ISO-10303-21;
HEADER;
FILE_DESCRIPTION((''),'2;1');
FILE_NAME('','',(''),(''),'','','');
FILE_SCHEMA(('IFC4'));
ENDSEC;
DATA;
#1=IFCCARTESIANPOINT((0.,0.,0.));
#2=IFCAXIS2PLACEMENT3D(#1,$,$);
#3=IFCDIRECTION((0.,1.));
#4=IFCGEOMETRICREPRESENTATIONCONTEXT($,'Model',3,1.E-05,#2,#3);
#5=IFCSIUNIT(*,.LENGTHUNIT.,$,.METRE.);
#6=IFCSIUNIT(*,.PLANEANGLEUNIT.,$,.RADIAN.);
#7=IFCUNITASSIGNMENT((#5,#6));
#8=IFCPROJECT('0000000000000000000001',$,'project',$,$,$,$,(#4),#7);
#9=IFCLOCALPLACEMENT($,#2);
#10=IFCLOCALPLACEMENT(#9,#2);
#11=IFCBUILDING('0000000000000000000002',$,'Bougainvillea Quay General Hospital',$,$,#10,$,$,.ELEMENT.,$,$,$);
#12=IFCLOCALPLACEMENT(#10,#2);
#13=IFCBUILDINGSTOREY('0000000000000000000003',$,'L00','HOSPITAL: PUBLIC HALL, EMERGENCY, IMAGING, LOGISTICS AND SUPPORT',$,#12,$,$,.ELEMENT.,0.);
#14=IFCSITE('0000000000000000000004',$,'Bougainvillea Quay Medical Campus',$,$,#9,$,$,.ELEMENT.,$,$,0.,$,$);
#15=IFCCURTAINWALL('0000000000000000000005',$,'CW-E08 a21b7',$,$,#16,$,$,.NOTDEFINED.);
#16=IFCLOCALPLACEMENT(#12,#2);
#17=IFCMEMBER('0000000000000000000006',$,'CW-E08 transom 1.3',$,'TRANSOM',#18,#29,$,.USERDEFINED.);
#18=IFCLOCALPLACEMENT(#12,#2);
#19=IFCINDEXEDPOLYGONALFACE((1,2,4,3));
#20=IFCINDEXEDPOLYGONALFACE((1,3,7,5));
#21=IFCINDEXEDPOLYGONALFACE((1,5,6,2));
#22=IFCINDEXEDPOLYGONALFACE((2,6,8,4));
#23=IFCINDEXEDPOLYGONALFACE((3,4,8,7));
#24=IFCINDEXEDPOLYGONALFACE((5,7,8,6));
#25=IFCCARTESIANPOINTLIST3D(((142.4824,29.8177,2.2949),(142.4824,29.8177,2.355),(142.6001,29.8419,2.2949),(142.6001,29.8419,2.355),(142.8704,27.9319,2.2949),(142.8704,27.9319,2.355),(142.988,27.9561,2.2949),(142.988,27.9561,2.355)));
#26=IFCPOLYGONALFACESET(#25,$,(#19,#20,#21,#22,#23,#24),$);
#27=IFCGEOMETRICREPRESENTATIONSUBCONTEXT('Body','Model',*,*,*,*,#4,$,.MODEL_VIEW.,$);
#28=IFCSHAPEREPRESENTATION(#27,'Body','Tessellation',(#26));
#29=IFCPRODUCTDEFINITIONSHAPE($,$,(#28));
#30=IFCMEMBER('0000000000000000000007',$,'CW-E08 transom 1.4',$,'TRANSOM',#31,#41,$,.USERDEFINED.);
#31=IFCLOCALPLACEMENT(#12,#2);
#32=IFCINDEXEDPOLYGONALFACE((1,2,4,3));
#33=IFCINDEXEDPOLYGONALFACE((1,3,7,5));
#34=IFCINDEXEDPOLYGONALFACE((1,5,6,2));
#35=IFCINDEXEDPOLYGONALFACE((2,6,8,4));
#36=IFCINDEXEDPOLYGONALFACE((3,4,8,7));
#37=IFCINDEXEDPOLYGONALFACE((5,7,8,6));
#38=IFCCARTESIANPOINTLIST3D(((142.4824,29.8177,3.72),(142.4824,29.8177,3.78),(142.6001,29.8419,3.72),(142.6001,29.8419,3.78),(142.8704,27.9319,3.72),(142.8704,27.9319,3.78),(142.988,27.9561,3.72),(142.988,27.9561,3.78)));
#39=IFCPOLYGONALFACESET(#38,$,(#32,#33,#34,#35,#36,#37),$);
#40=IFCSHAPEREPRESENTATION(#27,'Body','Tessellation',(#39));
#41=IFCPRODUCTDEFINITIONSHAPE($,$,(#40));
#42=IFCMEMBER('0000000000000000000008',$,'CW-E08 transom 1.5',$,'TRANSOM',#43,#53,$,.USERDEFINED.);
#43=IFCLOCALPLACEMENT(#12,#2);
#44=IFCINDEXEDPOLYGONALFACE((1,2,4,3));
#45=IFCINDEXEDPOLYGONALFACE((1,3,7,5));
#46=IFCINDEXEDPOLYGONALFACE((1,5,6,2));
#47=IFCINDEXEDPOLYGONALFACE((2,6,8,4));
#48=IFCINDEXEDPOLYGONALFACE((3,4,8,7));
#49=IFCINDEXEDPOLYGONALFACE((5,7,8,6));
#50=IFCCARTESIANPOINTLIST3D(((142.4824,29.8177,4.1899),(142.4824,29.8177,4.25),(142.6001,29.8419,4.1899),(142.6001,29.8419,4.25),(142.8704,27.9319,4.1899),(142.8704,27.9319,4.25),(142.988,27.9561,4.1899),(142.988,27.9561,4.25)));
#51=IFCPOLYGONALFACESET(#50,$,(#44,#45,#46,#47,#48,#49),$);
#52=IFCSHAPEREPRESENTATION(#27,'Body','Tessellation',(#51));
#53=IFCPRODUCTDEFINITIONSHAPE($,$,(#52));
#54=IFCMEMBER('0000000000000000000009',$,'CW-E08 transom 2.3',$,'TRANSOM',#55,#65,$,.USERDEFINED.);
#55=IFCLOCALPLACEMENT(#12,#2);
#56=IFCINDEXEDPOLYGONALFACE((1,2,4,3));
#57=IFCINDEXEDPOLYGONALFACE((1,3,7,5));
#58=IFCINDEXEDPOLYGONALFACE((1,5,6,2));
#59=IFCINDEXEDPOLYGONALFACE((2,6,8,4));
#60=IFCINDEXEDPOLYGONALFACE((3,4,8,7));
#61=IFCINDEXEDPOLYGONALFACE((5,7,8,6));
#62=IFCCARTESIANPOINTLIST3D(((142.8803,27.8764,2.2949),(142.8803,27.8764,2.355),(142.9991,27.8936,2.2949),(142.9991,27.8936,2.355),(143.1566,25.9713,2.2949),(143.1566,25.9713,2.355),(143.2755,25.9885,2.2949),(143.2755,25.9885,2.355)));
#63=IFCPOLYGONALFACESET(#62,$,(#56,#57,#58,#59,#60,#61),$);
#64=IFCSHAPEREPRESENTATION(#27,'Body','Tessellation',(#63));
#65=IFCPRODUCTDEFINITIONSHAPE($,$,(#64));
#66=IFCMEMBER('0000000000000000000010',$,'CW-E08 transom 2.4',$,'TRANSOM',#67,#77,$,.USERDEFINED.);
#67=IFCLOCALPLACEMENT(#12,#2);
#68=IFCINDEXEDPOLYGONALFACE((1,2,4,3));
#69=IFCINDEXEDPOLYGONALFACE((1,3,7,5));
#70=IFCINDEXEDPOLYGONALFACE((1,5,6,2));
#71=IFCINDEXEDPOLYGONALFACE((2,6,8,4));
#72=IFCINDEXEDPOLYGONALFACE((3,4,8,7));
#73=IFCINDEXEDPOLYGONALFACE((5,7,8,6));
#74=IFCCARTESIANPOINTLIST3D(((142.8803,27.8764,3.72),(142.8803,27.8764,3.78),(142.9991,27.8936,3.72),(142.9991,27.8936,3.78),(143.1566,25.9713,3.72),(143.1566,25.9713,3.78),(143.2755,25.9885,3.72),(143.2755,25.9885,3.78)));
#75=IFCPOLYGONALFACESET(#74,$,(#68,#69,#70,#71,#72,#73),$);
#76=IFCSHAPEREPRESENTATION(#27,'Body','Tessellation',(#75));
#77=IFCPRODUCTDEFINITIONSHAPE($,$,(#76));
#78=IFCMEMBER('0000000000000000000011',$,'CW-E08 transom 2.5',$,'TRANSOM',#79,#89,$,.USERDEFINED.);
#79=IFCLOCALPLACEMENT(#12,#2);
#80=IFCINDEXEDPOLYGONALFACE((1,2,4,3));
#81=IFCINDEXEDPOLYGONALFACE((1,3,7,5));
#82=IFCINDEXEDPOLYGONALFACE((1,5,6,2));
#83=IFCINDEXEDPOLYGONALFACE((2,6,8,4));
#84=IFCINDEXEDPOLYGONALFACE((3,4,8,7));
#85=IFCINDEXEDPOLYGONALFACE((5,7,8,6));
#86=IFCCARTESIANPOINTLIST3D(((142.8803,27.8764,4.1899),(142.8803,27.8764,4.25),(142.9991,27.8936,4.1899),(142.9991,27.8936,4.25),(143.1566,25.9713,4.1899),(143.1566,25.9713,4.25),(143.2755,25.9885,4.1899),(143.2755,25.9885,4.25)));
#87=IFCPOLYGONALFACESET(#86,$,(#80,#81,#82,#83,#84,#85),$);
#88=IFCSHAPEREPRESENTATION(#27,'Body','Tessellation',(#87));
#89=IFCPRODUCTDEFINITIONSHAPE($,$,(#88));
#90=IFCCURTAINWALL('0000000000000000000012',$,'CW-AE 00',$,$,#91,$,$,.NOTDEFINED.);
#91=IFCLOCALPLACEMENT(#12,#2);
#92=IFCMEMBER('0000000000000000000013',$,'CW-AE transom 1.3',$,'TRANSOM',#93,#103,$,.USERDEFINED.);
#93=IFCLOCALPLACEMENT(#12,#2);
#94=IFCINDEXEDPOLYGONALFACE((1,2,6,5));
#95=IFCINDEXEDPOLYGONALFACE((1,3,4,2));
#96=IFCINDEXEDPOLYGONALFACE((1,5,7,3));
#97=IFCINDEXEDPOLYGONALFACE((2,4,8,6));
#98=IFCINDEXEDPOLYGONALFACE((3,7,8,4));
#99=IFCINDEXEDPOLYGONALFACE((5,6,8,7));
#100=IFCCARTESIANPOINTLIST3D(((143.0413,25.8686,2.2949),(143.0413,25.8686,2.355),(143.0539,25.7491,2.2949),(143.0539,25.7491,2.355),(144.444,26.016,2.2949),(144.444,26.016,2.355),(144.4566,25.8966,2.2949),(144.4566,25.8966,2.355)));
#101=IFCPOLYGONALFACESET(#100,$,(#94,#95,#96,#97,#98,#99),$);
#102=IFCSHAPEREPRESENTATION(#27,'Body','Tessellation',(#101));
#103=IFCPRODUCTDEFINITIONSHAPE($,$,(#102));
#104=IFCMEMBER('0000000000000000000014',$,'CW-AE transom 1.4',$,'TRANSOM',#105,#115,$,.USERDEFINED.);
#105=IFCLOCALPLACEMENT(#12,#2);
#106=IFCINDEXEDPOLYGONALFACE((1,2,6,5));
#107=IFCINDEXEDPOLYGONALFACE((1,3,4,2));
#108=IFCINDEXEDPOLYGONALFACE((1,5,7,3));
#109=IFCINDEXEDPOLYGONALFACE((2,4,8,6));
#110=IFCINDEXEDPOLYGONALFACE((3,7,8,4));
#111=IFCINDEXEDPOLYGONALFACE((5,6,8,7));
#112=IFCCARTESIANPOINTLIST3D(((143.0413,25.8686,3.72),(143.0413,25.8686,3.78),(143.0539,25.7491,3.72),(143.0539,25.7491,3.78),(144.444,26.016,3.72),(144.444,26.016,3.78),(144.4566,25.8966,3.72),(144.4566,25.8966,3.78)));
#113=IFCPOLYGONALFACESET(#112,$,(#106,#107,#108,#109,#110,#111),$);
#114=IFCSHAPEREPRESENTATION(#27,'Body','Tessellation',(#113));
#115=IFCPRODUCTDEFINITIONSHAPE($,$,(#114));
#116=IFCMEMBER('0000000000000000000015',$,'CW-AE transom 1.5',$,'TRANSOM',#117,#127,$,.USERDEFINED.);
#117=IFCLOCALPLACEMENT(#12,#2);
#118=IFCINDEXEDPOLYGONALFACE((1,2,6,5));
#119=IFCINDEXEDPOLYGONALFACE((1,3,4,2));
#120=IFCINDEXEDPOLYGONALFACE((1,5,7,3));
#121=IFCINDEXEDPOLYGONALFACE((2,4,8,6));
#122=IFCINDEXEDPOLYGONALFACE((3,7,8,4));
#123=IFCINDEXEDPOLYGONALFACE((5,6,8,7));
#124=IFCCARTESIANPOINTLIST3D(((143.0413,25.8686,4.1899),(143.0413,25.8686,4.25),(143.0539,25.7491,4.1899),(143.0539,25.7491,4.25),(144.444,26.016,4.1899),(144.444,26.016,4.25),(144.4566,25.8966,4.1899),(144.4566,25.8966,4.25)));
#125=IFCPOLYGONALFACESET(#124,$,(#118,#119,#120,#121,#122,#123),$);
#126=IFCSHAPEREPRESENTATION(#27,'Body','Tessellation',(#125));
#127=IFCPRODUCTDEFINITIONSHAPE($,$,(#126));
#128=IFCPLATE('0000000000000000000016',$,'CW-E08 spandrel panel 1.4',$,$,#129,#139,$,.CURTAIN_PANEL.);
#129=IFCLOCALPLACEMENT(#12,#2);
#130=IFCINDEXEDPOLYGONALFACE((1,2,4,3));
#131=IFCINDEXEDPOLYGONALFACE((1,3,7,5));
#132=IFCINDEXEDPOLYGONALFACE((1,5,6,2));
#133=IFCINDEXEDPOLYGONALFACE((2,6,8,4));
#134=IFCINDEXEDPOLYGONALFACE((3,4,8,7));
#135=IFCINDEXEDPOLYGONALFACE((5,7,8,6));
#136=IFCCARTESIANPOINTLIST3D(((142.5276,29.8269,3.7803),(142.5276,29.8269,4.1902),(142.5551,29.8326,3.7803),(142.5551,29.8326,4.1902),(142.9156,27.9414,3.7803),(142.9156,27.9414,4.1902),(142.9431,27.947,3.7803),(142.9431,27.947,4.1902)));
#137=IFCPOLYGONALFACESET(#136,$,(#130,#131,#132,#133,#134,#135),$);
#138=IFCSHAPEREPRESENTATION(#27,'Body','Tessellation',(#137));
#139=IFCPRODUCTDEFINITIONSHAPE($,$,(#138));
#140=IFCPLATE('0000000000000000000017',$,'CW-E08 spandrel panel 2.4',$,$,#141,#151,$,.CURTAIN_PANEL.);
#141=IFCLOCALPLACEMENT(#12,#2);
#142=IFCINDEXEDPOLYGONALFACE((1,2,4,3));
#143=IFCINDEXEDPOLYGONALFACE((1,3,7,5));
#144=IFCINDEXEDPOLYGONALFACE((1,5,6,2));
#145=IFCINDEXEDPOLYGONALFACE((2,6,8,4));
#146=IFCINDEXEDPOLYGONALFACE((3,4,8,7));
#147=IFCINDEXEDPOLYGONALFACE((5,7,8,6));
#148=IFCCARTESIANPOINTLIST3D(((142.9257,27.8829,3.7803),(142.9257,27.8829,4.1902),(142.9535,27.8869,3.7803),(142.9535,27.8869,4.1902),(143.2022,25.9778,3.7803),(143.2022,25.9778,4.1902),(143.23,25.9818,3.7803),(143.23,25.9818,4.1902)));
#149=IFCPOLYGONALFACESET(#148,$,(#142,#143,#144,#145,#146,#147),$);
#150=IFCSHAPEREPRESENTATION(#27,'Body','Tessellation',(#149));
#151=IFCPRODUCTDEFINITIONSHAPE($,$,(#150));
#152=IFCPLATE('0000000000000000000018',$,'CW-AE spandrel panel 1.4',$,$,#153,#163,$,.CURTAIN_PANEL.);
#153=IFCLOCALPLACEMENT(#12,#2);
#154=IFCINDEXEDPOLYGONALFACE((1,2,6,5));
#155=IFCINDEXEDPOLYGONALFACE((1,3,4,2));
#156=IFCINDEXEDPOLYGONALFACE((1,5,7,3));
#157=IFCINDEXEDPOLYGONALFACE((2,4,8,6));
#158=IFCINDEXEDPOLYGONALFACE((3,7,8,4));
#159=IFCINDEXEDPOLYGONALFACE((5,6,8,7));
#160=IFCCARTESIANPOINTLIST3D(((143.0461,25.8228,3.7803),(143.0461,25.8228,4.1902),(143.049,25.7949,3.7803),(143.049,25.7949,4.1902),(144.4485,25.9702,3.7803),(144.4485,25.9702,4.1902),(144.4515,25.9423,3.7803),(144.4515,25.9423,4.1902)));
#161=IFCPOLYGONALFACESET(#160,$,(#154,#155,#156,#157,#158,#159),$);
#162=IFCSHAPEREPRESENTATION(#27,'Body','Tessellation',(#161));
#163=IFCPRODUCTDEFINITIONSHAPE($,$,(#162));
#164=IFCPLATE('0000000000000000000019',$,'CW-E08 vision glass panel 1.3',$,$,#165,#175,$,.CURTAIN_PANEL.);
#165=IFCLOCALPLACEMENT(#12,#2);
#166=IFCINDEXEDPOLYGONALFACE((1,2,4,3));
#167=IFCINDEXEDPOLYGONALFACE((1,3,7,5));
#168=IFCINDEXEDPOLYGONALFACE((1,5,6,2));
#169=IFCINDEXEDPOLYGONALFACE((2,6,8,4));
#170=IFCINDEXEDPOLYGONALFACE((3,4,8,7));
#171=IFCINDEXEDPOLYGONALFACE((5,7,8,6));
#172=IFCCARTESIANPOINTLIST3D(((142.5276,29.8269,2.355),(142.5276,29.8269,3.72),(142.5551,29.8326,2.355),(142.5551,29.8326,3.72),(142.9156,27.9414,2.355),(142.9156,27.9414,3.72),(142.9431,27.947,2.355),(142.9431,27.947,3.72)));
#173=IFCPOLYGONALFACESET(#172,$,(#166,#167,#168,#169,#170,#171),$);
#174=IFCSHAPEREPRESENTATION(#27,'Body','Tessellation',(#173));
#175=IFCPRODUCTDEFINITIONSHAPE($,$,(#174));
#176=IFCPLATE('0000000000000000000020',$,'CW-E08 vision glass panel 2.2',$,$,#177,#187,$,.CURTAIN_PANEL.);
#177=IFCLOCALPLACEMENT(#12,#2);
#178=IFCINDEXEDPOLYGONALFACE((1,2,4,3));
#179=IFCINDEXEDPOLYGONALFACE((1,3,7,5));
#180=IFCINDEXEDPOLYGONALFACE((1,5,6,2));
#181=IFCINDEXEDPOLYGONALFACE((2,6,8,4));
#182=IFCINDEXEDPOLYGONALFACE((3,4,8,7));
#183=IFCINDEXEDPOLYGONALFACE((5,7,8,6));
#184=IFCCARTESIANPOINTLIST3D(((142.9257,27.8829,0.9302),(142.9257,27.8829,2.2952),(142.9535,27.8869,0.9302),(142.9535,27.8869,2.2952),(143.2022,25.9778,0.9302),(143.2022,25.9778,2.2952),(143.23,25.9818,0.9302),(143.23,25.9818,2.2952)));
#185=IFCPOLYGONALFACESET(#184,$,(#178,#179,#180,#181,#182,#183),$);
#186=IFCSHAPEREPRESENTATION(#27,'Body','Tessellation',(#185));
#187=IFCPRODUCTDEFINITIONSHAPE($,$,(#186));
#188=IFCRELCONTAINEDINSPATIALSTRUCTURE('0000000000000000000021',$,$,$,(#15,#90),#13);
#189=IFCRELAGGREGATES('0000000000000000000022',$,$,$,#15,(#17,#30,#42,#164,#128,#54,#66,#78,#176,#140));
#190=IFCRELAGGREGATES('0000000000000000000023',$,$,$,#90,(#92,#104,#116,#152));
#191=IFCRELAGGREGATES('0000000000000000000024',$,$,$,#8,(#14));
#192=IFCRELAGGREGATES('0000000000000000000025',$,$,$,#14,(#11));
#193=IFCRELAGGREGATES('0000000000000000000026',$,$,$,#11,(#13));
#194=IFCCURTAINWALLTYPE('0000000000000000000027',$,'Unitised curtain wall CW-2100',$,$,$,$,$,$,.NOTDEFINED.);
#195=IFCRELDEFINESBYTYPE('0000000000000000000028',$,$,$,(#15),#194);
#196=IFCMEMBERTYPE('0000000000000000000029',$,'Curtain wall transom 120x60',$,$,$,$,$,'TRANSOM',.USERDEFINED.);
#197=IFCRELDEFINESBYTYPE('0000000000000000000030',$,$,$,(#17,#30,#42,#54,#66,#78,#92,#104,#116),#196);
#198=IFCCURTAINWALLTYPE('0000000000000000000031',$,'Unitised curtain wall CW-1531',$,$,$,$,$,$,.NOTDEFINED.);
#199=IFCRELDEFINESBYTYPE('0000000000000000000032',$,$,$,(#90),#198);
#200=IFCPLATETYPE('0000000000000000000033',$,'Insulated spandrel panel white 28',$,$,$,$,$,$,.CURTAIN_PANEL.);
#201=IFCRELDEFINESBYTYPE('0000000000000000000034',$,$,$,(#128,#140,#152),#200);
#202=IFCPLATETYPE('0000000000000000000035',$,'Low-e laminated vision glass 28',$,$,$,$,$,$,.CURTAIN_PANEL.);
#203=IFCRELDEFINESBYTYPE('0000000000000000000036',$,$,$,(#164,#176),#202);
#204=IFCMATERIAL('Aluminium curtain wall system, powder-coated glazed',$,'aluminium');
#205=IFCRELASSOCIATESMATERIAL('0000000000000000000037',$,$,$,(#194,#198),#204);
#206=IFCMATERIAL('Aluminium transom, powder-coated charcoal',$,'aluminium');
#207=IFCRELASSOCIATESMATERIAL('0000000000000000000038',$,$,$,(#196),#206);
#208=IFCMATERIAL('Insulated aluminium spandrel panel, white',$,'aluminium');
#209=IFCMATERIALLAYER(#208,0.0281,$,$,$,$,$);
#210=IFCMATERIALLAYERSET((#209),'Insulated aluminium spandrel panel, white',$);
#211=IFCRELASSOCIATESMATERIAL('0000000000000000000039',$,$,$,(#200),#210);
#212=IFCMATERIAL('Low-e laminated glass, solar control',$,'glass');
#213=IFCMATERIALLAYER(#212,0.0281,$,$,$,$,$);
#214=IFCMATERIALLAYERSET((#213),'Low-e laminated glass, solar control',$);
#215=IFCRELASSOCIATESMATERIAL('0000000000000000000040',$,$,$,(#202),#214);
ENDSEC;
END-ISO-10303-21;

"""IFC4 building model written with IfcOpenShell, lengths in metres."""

from ifc_helpers import new_model, si_unit, direction, frame, origin, origin_2d, place, context, subcontext, project, spatial, rectangle, extrude, material, layer, layer_set, material_profile, profile_set, type_object, element, aggregate, save


model = new_model("IFC4")

# Units and contexts
model_context = context("Model", 3, precision=1e-05, world=origin(), true_north=direction((0.0, 1.0)))
body_context = subcontext(model_context, "Body", "Model", "MODEL_VIEW")
ifc_project = project(units=[si_unit("LENGTHUNIT", "METRE"), si_unit("PLANEANGLEUNIT", "RADIAN")], contexts=[model_context])

# Site, building, storey
site_placement = place(None, origin())
site = spatial("IfcSite", under=ifc_project, at=site_placement, Name="Bougainvillea Quay Medical Campus", CompositionType="ELEMENT", RefElevation=0.0)
building_placement = place(site_placement, origin())
building = spatial("IfcBuilding", under=site, at=building_placement, Name="Bougainvillea Quay General Hospital", CompositionType="ELEMENT")
storey_placement = place(building_placement, origin())
storey = spatial("IfcBuildingStorey", under=building, at=storey_placement, Name="L00", Description="HOSPITAL: PUBLIC HALL, EMERGENCY, IMAGING, LOGISTICS AND SUPPORT", CompositionType="ELEMENT", Elevation=0.0)

# Curtain walls, members
ifc_material_1 = material(Name="Aluminium curtain wall system, powder-coated glazed", Category="aluminium")
curtain_wall_type_1 = type_object("IfcCurtainWallType", Name="Unitised curtain wall CW-2100", PredefinedType="NOTDEFINED", material=ifc_material_1)
curtain_wall_1_placement = place(storey_placement, origin())
curtain_wall_1 = element("IfcCurtainWall", 1, at=curtain_wall_1_placement, inside=storey, type_object=curtain_wall_type_1, Name="CW-E08 a21b7", PredefinedType="NOTDEFINED")
ifc_material_2 = material(Name="Aluminium transom, powder-coated charcoal", Category="aluminium")
ifc_material_profile_1 = material_profile(ifc_material_2, rectangle(XDim=0.1201, YDim=0.0601, at=origin_2d()))
ifc_profile_set_1 = profile_set([ifc_material_profile_1], Name="Aluminium transom, powder-coated charcoal")
member_type = type_object("IfcMemberType", Name="Curtain wall transom 120x60", ElementType="TRANSOM", PredefinedType="USERDEFINED", material=ifc_profile_set_1)
member_1_placement = place(storey_placement, frame((142.5413, 29.8298, 2.325), z_axis=(0.201503, -0.979488, 0.0), x_axis=(0.979488, 0.201503, 0.0)))
member_1 = element("IfcMember", 2, at=member_1_placement, type_object=member_type, Name="CW-E08 transom 1.3", ObjectType="TRANSOM", PredefinedType="USERDEFINED", context=body_context, shape_type="SweptSolid", body=[
    extrude(rectangle(XDim=0.1201, YDim=0.0601, at=origin_2d()), origin(), (0.0, 0.0, 1.0), 1.9253),
])
member_2_placement = place(storey_placement, frame((142.5413, 29.8298, 3.75), z_axis=(0.201503, -0.979488, 0.0), x_axis=(0.979488, 0.201503, 0.0)))
member_2 = element("IfcMember", 3, at=member_2_placement, type_object=member_type, Name="CW-E08 transom 1.4", ObjectType="TRANSOM", PredefinedType="USERDEFINED", context=body_context, shape_type="SweptSolid", body=[
    extrude(rectangle(XDim=0.1201, YDim=0.0601, at=origin_2d()), origin(), (0.0, 0.0, 1.0), 1.9253),
])
member_3_placement = place(storey_placement, frame((142.5413, 29.8298, 4.22), z_axis=(0.201503, -0.979488, 0.0), x_axis=(0.979488, 0.201503, 0.0)))
member_3 = element("IfcMember", 4, at=member_3_placement, type_object=member_type, Name="CW-E08 transom 1.5", ObjectType="TRANSOM", PredefinedType="USERDEFINED", context=body_context, shape_type="SweptSolid", body=[
    extrude(rectangle(XDim=0.1201, YDim=0.0601, at=origin_2d()), origin(), (0.0, 0.0, 1.0), 1.9253),
])
member_4_placement = place(storey_placement, frame((142.9397, 27.885, 2.325), z_axis=(0.143569, -0.98964, 0.0), x_axis=(0.98964, 0.143569, 0.0)))
member_4 = element("IfcMember", 5, at=member_4_placement, type_object=member_type, Name="CW-E08 transom 2.3", ObjectType="TRANSOM", PredefinedType="USERDEFINED", context=body_context, shape_type="SweptSolid", body=[
    extrude(rectangle(XDim=0.1201, YDim=0.0601, at=origin_2d()), origin(), (0.0, 0.0, 1.0), 1.925),
])
member_5_placement = place(storey_placement, frame((142.9397, 27.885, 3.75), z_axis=(0.143569, -0.98964, 0.0), x_axis=(0.98964, 0.143569, 0.0)))
member_5 = element("IfcMember", 6, at=member_5_placement, type_object=member_type, Name="CW-E08 transom 2.4", ObjectType="TRANSOM", PredefinedType="USERDEFINED", context=body_context, shape_type="SweptSolid", body=[
    extrude(rectangle(XDim=0.1201, YDim=0.0601, at=origin_2d()), origin(), (0.0, 0.0, 1.0), 1.925),
])
member_6_placement = place(storey_placement, frame((142.9397, 27.885, 4.22), z_axis=(0.143569, -0.98964, 0.0), x_axis=(0.98964, 0.143569, 0.0)))
member_6 = element("IfcMember", 7, at=member_6_placement, type_object=member_type, Name="CW-E08 transom 2.5", ObjectType="TRANSOM", PredefinedType="USERDEFINED", context=body_context, shape_type="SweptSolid", body=[
    extrude(rectangle(XDim=0.1201, YDim=0.0601, at=origin_2d()), origin(), (0.0, 0.0, 1.0), 1.925),
])
curtain_wall_type_2 = type_object("IfcCurtainWallType", Name="Unitised curtain wall CW-1531", PredefinedType="NOTDEFINED", material=ifc_material_1)
curtain_wall_2_placement = place(storey_placement, origin())
curtain_wall_2 = element("IfcCurtainWall", 8, at=curtain_wall_2_placement, inside=storey, type_object=curtain_wall_type_2, Name="CW-AE 00", PredefinedType="NOTDEFINED")
member_7_placement = place(storey_placement, frame((143.0476, 25.8088, 2.325), z_axis=(0.994519, 0.104559, 0.0), x_axis=(-0.104559, 0.994519, 0.0)))
member_7 = element("IfcMember", 9, at=member_7_placement, type_object=member_type, Name="CW-AE transom 1.3", ObjectType="TRANSOM", PredefinedType="USERDEFINED", context=body_context, shape_type="SweptSolid", body=[
    extrude(rectangle(XDim=0.1201, YDim=0.0601, at=origin_2d()), origin(), (0.0, 0.0, 1.0), 1.4104),
])
member_8_placement = place(storey_placement, frame((143.0476, 25.8088, 3.75), z_axis=(0.994519, 0.104559, 0.0), x_axis=(-0.104559, 0.994519, 0.0)))
member_8 = element("IfcMember", 10, at=member_8_placement, type_object=member_type, Name="CW-AE transom 1.4", ObjectType="TRANSOM", PredefinedType="USERDEFINED", context=body_context, shape_type="SweptSolid", body=[
    extrude(rectangle(XDim=0.1201, YDim=0.0601, at=origin_2d()), origin(), (0.0, 0.0, 1.0), 1.4104),
])
member_9_placement = place(storey_placement, frame((143.0476, 25.8088, 4.22), z_axis=(0.994519, 0.104559, 0.0), x_axis=(-0.104559, 0.994519, 0.0)))
member_9 = element("IfcMember", 11, at=member_9_placement, type_object=member_type, Name="CW-AE transom 1.5", ObjectType="TRANSOM", PredefinedType="USERDEFINED", context=body_context, shape_type="SweptSolid", body=[
    extrude(rectangle(XDim=0.1201, YDim=0.0601, at=origin_2d()), origin(), (0.0, 0.0, 1.0), 1.4104),
])

# Plates
ifc_material_3 = material(Name="Insulated aluminium spandrel panel, white", Category="aluminium")
ifc_layer_1 = layer(ifc_material_3, 0.0281)
ifc_layer_set_1 = layer_set([ifc_layer_1], Name="Insulated aluminium spandrel panel, white")
plate_type_1 = type_object("IfcPlateType", Name="Insulated spandrel panel white 28", PredefinedType="CURTAIN_PANEL", material=ifc_layer_set_1)
plate_1_placement = place(storey_placement, frame((142.7354, 28.887, 3.7803), z_axis=(0.0, 0.0, 1.0), x_axis=(0.201595, -0.979469, 0.0)))
plate_1 = element("IfcPlate", 12, at=plate_1_placement, type_object=plate_type_1, Name="CW-E08 spandrel panel 1.4", PredefinedType="CURTAIN_PANEL", context=body_context, shape_type="SweptSolid", body=[
    extrude(rectangle(XDim=1.925, YDim=0.0281, at=origin_2d()), origin(), (0.0, 0.0, 1.0), 0.4099),
])
plate_2_placement = place(storey_placement, frame((143.0779, 26.9324, 3.7803), z_axis=(0.0, 0.0, 1.0), x_axis=(0.143643, -0.98963, 0.0)))
plate_2 = element("IfcPlate", 13, at=plate_2_placement, type_object=plate_type_1, Name="CW-E08 spandrel panel 2.4", PredefinedType="CURTAIN_PANEL", context=body_context, shape_type="SweptSolid", body=[
    extrude(rectangle(XDim=1.925, YDim=0.0281, at=origin_2d()), origin(), (0.0, 0.0, 1.0), 0.4099),
])
plate_3_placement = place(storey_placement, frame((143.7488, 25.8826, 3.7803), z_axis=(0.0, 0.0, 1.0), x_axis=(0.994522, 0.104527, 0.0)))
plate_3 = element("IfcPlate", 14, at=plate_3_placement, type_object=plate_type_1, Name="CW-AE spandrel panel 1.4", PredefinedType="CURTAIN_PANEL", context=body_context, shape_type="SweptSolid", body=[
    extrude(rectangle(XDim=1.4102, YDim=0.0281, at=origin_2d()), origin(), (0.0, 0.0, 1.0), 0.4099),
])
ifc_material_4 = material(Name="Low-e laminated glass, solar control", Category="glass")
ifc_layer_2 = layer(ifc_material_4, 0.0281)
ifc_layer_set_2 = layer_set([ifc_layer_2], Name="Low-e laminated glass, solar control")
plate_type_2 = type_object("IfcPlateType", Name="Low-e laminated vision glass 28", PredefinedType="CURTAIN_PANEL", material=ifc_layer_set_2)
plate_4_placement = place(storey_placement, frame((142.7354, 28.887, 2.355), z_axis=(0.0, 0.0, 1.0), x_axis=(0.201595, -0.979469, 0.0)))
plate_4 = element("IfcPlate", 15, at=plate_4_placement, type_object=plate_type_2, Name="CW-E08 vision glass panel 1.3", PredefinedType="CURTAIN_PANEL", context=body_context, shape_type="SweptSolid", body=[
    extrude(rectangle(XDim=1.925, YDim=0.0281, at=origin_2d()), origin(), (0.0, 0.0, 1.0), 1.365),
])
plate_5_placement = place(storey_placement, frame((143.0779, 26.9324, 0.9302), z_axis=(0.0, 0.0, 1.0), x_axis=(0.143643, -0.98963, 0.0)))
plate_5 = element("IfcPlate", 16, at=plate_5_placement, type_object=plate_type_2, Name="CW-E08 vision glass panel 2.2", PredefinedType="CURTAIN_PANEL", context=body_context, shape_type="SweptSolid", body=[
    extrude(rectangle(XDim=1.925, YDim=0.0281, at=origin_2d()), origin(), (0.0, 0.0, 1.0), 1.365),
])
aggregate(curtain_wall_1, [member_1, member_2, member_3, plate_4, plate_1, member_4, member_5, member_6, plate_5, plate_2])
aggregate(curtain_wall_2, [member_7, member_8, member_9, plate_3])

save(model, "model.ifc")
